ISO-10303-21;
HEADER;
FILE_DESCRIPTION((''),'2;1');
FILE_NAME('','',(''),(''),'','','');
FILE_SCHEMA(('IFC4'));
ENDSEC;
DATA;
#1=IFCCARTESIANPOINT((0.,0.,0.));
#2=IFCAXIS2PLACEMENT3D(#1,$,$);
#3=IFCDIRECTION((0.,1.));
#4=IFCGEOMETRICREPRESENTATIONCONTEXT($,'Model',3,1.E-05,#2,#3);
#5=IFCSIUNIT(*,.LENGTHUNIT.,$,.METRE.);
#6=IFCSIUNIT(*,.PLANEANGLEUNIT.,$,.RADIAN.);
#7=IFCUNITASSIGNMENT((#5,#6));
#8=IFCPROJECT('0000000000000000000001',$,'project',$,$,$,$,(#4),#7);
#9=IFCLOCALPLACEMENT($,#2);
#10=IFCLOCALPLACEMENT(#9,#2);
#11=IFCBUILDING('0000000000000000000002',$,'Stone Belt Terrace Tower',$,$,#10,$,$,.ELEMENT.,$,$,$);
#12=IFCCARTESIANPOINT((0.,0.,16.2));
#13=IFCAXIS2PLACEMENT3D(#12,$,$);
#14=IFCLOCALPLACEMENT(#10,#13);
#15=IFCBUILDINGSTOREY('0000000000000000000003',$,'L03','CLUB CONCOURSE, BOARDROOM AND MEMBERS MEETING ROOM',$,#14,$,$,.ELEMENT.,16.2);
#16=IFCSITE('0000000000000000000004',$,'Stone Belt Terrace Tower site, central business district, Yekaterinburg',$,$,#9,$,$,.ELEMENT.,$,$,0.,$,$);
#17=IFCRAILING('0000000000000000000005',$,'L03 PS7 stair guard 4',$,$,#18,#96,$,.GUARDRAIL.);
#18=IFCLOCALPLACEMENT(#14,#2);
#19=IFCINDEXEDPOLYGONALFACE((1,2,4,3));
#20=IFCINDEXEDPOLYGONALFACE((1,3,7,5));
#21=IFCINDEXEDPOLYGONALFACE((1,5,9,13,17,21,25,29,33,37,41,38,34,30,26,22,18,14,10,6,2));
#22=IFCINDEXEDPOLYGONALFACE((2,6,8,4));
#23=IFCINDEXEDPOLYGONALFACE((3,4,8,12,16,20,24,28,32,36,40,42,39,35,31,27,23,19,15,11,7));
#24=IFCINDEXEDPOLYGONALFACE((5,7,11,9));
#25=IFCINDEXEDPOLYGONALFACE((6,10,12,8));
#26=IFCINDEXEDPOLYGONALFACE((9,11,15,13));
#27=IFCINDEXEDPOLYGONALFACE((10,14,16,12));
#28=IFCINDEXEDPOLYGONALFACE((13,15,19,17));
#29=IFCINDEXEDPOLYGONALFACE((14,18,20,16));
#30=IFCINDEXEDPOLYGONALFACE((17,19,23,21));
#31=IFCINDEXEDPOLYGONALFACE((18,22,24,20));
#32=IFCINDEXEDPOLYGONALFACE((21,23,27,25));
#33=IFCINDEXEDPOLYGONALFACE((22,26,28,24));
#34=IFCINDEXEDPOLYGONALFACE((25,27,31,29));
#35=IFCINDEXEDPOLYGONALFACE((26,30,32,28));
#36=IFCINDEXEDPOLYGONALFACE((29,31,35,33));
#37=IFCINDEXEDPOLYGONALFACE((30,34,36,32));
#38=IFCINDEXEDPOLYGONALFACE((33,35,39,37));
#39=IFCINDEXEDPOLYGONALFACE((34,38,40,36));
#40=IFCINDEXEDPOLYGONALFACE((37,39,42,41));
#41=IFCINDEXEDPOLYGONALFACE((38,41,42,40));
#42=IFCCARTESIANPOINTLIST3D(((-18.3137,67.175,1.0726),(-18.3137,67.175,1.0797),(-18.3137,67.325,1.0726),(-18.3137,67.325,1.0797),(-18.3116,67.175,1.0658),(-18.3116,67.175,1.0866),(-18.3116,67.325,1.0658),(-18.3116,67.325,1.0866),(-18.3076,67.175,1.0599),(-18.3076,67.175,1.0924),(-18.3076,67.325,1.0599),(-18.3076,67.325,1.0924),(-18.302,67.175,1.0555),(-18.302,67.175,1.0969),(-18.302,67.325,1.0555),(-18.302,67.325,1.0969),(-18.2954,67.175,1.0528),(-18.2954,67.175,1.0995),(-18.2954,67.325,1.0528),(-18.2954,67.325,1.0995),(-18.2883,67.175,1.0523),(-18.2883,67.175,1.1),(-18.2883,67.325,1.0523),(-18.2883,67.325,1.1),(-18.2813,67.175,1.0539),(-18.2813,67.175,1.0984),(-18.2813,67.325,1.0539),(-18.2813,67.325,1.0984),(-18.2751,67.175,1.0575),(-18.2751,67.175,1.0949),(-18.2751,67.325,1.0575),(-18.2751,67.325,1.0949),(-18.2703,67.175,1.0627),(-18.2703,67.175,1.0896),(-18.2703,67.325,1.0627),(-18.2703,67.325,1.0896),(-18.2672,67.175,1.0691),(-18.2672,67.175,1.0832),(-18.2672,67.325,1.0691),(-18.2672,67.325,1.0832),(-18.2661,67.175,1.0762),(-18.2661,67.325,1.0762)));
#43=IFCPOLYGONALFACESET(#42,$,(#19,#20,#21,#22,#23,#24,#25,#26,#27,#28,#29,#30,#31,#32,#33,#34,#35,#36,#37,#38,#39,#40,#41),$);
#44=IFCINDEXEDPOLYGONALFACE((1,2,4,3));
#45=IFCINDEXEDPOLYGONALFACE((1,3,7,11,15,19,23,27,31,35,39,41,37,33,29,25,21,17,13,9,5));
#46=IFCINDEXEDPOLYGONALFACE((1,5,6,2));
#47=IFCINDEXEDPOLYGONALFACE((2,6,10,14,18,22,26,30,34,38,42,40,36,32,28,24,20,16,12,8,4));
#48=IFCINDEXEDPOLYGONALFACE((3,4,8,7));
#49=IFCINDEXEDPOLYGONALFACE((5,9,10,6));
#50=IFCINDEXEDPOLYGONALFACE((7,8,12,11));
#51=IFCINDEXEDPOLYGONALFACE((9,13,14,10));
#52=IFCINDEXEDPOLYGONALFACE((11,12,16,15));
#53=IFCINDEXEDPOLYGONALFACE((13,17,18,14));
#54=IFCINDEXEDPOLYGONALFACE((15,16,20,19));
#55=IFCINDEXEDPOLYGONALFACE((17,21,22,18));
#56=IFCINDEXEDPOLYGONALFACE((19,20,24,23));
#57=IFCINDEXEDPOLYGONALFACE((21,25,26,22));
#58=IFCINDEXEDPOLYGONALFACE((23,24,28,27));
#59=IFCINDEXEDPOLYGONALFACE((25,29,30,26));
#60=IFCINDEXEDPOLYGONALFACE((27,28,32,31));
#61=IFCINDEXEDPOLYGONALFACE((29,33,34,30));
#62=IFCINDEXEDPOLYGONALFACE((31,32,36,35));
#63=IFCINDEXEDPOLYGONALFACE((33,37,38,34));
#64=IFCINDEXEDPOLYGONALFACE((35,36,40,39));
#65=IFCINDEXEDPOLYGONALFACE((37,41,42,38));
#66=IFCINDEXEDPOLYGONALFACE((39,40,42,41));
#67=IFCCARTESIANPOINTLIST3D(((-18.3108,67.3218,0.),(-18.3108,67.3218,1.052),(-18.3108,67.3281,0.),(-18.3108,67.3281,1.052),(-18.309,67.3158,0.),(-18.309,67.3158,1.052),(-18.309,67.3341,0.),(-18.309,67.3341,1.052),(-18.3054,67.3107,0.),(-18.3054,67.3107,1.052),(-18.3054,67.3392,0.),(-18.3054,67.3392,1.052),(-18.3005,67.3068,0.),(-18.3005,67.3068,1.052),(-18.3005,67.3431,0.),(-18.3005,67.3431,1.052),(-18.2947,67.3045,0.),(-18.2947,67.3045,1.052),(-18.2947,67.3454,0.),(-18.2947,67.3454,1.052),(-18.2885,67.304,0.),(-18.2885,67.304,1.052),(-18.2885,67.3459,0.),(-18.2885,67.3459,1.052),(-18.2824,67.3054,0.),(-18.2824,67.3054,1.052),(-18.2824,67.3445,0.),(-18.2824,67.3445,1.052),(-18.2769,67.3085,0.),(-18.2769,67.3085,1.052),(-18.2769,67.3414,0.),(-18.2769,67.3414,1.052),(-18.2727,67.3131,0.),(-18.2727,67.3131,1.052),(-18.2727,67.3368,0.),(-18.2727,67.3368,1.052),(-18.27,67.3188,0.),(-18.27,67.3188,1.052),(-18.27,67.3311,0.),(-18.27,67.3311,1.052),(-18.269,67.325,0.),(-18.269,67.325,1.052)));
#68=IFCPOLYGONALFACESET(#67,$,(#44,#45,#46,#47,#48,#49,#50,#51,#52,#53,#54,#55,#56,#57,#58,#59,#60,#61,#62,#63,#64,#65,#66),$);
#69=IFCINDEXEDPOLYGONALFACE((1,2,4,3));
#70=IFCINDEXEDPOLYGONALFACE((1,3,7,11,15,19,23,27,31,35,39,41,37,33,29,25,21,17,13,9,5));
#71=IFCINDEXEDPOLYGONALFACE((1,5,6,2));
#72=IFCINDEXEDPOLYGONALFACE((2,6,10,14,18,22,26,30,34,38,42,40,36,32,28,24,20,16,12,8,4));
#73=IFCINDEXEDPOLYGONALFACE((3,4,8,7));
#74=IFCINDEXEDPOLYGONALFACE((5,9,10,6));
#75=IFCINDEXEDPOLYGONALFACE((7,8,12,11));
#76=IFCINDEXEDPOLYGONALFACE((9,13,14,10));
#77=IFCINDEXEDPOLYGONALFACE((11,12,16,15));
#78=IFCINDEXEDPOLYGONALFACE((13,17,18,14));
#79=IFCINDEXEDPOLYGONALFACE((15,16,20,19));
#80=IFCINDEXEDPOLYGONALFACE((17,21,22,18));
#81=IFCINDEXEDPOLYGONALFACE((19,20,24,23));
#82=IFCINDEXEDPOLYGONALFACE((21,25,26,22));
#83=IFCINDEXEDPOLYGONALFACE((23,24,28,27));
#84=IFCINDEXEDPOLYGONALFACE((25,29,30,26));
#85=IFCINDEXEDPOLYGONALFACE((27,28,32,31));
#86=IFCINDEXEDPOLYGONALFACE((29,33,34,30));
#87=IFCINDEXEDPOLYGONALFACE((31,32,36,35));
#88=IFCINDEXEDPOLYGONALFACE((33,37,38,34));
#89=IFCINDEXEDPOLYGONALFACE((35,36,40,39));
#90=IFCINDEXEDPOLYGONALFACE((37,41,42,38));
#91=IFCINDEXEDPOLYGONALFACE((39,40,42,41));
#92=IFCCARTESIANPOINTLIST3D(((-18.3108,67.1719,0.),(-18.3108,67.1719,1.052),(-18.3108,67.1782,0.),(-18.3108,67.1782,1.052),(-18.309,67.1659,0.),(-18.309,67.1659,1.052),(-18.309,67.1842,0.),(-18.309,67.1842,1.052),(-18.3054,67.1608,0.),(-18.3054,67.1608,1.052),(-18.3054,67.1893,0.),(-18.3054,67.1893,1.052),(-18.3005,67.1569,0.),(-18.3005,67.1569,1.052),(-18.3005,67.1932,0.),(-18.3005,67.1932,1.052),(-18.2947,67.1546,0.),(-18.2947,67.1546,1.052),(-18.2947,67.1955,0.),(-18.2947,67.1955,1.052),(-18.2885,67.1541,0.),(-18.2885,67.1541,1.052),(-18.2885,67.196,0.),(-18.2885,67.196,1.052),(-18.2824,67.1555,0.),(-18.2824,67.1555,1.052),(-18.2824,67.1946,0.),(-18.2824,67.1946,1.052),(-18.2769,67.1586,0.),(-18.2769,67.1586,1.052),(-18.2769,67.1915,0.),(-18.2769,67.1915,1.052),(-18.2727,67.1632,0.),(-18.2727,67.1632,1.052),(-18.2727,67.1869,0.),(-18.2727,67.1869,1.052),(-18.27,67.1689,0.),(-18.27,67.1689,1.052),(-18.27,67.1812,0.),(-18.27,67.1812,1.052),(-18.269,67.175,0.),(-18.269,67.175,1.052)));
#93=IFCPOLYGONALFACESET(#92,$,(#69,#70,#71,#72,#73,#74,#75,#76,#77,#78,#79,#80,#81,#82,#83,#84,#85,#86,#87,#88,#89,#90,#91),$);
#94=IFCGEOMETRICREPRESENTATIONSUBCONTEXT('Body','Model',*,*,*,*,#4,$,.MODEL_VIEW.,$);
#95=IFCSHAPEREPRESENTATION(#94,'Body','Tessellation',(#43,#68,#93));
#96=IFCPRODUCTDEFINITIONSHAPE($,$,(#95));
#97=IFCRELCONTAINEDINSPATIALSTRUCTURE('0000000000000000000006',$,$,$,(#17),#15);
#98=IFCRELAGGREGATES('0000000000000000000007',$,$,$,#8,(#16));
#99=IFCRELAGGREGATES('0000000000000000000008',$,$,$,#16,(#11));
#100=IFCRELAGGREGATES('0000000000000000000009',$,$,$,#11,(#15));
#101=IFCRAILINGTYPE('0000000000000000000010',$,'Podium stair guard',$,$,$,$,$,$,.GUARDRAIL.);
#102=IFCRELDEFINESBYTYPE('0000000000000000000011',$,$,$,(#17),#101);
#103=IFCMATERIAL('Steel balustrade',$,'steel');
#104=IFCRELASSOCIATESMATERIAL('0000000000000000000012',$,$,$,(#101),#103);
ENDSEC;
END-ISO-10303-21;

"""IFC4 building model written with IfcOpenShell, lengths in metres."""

from ifc_helpers import new_model, si_unit, direction, frame, origin, origin_2d, place, context, subcontext, project, spatial, circle, extrude, material, type_object, element, save


model = new_model("IFC4")

# Units and contexts
model_context = context("Model", 3, precision=1e-05, world=origin(), true_north=direction((0.0, 1.0)))
body_context = subcontext(model_context, "Body", "Model", "MODEL_VIEW")
ifc_project = project(units=[si_unit("LENGTHUNIT", "METRE"), si_unit("PLANEANGLEUNIT", "RADIAN")], contexts=[model_context])

# Site, building, storey
site_placement = place(None, origin())
site = spatial("IfcSite", under=ifc_project, at=site_placement, Name="Stone Belt Terrace Tower site, central business district, Yekaterinburg", CompositionType="ELEMENT", RefElevation=0.0)
building_placement = place(site_placement, origin())
building = spatial("IfcBuilding", under=site, at=building_placement, Name="Stone Belt Terrace Tower", CompositionType="ELEMENT")
storey_placement = place(building_placement, frame((0.0, 0.0, 16.2)))
storey = spatial("IfcBuildingStorey", under=building, at=storey_placement, Name="L03", Description="CLUB CONCOURSE, BOARDROOM AND MEMBERS MEETING ROOM", CompositionType="ELEMENT", Elevation=16.2)

# Railing
ifc_material_1 = material(Name="Steel balustrade", Category="steel")
railing_type_1 = type_object("IfcRailingType", Name="Podium stair guard", PredefinedType="GUARDRAIL", material=ifc_material_1)
railing_1_placement = place(storey_placement, frame((-18.29, 67.325, 0.0)))
element("IfcRailing", 1, at=railing_1_placement, inside=storey, type_object=railing_type_1, Name="L03 PS7 stair guard 4", PredefinedType="GUARDRAIL", context=body_context, shape_type="SweptSolid", body=[
    extrude(circle(Radius=0.0239, at=origin_2d()), frame((0.0, 0.0, 1.0762), z_axis=(0.0, -1.0, 0.0), x_axis=(1.0, 0.0, 0.0)), (0.0, 0.0, 1.0), 0.1499),
    extrude(circle(Radius=0.021, at=origin_2d()), origin(), (0.0, 0.0, 1.0), 1.052),
    extrude(circle(Radius=0.021, at=origin_2d()), frame((0.0, -0.1499, 0.0)), (0.0, 0.0, 1.0), 1.052),
])

save(model, "model.ifc")
